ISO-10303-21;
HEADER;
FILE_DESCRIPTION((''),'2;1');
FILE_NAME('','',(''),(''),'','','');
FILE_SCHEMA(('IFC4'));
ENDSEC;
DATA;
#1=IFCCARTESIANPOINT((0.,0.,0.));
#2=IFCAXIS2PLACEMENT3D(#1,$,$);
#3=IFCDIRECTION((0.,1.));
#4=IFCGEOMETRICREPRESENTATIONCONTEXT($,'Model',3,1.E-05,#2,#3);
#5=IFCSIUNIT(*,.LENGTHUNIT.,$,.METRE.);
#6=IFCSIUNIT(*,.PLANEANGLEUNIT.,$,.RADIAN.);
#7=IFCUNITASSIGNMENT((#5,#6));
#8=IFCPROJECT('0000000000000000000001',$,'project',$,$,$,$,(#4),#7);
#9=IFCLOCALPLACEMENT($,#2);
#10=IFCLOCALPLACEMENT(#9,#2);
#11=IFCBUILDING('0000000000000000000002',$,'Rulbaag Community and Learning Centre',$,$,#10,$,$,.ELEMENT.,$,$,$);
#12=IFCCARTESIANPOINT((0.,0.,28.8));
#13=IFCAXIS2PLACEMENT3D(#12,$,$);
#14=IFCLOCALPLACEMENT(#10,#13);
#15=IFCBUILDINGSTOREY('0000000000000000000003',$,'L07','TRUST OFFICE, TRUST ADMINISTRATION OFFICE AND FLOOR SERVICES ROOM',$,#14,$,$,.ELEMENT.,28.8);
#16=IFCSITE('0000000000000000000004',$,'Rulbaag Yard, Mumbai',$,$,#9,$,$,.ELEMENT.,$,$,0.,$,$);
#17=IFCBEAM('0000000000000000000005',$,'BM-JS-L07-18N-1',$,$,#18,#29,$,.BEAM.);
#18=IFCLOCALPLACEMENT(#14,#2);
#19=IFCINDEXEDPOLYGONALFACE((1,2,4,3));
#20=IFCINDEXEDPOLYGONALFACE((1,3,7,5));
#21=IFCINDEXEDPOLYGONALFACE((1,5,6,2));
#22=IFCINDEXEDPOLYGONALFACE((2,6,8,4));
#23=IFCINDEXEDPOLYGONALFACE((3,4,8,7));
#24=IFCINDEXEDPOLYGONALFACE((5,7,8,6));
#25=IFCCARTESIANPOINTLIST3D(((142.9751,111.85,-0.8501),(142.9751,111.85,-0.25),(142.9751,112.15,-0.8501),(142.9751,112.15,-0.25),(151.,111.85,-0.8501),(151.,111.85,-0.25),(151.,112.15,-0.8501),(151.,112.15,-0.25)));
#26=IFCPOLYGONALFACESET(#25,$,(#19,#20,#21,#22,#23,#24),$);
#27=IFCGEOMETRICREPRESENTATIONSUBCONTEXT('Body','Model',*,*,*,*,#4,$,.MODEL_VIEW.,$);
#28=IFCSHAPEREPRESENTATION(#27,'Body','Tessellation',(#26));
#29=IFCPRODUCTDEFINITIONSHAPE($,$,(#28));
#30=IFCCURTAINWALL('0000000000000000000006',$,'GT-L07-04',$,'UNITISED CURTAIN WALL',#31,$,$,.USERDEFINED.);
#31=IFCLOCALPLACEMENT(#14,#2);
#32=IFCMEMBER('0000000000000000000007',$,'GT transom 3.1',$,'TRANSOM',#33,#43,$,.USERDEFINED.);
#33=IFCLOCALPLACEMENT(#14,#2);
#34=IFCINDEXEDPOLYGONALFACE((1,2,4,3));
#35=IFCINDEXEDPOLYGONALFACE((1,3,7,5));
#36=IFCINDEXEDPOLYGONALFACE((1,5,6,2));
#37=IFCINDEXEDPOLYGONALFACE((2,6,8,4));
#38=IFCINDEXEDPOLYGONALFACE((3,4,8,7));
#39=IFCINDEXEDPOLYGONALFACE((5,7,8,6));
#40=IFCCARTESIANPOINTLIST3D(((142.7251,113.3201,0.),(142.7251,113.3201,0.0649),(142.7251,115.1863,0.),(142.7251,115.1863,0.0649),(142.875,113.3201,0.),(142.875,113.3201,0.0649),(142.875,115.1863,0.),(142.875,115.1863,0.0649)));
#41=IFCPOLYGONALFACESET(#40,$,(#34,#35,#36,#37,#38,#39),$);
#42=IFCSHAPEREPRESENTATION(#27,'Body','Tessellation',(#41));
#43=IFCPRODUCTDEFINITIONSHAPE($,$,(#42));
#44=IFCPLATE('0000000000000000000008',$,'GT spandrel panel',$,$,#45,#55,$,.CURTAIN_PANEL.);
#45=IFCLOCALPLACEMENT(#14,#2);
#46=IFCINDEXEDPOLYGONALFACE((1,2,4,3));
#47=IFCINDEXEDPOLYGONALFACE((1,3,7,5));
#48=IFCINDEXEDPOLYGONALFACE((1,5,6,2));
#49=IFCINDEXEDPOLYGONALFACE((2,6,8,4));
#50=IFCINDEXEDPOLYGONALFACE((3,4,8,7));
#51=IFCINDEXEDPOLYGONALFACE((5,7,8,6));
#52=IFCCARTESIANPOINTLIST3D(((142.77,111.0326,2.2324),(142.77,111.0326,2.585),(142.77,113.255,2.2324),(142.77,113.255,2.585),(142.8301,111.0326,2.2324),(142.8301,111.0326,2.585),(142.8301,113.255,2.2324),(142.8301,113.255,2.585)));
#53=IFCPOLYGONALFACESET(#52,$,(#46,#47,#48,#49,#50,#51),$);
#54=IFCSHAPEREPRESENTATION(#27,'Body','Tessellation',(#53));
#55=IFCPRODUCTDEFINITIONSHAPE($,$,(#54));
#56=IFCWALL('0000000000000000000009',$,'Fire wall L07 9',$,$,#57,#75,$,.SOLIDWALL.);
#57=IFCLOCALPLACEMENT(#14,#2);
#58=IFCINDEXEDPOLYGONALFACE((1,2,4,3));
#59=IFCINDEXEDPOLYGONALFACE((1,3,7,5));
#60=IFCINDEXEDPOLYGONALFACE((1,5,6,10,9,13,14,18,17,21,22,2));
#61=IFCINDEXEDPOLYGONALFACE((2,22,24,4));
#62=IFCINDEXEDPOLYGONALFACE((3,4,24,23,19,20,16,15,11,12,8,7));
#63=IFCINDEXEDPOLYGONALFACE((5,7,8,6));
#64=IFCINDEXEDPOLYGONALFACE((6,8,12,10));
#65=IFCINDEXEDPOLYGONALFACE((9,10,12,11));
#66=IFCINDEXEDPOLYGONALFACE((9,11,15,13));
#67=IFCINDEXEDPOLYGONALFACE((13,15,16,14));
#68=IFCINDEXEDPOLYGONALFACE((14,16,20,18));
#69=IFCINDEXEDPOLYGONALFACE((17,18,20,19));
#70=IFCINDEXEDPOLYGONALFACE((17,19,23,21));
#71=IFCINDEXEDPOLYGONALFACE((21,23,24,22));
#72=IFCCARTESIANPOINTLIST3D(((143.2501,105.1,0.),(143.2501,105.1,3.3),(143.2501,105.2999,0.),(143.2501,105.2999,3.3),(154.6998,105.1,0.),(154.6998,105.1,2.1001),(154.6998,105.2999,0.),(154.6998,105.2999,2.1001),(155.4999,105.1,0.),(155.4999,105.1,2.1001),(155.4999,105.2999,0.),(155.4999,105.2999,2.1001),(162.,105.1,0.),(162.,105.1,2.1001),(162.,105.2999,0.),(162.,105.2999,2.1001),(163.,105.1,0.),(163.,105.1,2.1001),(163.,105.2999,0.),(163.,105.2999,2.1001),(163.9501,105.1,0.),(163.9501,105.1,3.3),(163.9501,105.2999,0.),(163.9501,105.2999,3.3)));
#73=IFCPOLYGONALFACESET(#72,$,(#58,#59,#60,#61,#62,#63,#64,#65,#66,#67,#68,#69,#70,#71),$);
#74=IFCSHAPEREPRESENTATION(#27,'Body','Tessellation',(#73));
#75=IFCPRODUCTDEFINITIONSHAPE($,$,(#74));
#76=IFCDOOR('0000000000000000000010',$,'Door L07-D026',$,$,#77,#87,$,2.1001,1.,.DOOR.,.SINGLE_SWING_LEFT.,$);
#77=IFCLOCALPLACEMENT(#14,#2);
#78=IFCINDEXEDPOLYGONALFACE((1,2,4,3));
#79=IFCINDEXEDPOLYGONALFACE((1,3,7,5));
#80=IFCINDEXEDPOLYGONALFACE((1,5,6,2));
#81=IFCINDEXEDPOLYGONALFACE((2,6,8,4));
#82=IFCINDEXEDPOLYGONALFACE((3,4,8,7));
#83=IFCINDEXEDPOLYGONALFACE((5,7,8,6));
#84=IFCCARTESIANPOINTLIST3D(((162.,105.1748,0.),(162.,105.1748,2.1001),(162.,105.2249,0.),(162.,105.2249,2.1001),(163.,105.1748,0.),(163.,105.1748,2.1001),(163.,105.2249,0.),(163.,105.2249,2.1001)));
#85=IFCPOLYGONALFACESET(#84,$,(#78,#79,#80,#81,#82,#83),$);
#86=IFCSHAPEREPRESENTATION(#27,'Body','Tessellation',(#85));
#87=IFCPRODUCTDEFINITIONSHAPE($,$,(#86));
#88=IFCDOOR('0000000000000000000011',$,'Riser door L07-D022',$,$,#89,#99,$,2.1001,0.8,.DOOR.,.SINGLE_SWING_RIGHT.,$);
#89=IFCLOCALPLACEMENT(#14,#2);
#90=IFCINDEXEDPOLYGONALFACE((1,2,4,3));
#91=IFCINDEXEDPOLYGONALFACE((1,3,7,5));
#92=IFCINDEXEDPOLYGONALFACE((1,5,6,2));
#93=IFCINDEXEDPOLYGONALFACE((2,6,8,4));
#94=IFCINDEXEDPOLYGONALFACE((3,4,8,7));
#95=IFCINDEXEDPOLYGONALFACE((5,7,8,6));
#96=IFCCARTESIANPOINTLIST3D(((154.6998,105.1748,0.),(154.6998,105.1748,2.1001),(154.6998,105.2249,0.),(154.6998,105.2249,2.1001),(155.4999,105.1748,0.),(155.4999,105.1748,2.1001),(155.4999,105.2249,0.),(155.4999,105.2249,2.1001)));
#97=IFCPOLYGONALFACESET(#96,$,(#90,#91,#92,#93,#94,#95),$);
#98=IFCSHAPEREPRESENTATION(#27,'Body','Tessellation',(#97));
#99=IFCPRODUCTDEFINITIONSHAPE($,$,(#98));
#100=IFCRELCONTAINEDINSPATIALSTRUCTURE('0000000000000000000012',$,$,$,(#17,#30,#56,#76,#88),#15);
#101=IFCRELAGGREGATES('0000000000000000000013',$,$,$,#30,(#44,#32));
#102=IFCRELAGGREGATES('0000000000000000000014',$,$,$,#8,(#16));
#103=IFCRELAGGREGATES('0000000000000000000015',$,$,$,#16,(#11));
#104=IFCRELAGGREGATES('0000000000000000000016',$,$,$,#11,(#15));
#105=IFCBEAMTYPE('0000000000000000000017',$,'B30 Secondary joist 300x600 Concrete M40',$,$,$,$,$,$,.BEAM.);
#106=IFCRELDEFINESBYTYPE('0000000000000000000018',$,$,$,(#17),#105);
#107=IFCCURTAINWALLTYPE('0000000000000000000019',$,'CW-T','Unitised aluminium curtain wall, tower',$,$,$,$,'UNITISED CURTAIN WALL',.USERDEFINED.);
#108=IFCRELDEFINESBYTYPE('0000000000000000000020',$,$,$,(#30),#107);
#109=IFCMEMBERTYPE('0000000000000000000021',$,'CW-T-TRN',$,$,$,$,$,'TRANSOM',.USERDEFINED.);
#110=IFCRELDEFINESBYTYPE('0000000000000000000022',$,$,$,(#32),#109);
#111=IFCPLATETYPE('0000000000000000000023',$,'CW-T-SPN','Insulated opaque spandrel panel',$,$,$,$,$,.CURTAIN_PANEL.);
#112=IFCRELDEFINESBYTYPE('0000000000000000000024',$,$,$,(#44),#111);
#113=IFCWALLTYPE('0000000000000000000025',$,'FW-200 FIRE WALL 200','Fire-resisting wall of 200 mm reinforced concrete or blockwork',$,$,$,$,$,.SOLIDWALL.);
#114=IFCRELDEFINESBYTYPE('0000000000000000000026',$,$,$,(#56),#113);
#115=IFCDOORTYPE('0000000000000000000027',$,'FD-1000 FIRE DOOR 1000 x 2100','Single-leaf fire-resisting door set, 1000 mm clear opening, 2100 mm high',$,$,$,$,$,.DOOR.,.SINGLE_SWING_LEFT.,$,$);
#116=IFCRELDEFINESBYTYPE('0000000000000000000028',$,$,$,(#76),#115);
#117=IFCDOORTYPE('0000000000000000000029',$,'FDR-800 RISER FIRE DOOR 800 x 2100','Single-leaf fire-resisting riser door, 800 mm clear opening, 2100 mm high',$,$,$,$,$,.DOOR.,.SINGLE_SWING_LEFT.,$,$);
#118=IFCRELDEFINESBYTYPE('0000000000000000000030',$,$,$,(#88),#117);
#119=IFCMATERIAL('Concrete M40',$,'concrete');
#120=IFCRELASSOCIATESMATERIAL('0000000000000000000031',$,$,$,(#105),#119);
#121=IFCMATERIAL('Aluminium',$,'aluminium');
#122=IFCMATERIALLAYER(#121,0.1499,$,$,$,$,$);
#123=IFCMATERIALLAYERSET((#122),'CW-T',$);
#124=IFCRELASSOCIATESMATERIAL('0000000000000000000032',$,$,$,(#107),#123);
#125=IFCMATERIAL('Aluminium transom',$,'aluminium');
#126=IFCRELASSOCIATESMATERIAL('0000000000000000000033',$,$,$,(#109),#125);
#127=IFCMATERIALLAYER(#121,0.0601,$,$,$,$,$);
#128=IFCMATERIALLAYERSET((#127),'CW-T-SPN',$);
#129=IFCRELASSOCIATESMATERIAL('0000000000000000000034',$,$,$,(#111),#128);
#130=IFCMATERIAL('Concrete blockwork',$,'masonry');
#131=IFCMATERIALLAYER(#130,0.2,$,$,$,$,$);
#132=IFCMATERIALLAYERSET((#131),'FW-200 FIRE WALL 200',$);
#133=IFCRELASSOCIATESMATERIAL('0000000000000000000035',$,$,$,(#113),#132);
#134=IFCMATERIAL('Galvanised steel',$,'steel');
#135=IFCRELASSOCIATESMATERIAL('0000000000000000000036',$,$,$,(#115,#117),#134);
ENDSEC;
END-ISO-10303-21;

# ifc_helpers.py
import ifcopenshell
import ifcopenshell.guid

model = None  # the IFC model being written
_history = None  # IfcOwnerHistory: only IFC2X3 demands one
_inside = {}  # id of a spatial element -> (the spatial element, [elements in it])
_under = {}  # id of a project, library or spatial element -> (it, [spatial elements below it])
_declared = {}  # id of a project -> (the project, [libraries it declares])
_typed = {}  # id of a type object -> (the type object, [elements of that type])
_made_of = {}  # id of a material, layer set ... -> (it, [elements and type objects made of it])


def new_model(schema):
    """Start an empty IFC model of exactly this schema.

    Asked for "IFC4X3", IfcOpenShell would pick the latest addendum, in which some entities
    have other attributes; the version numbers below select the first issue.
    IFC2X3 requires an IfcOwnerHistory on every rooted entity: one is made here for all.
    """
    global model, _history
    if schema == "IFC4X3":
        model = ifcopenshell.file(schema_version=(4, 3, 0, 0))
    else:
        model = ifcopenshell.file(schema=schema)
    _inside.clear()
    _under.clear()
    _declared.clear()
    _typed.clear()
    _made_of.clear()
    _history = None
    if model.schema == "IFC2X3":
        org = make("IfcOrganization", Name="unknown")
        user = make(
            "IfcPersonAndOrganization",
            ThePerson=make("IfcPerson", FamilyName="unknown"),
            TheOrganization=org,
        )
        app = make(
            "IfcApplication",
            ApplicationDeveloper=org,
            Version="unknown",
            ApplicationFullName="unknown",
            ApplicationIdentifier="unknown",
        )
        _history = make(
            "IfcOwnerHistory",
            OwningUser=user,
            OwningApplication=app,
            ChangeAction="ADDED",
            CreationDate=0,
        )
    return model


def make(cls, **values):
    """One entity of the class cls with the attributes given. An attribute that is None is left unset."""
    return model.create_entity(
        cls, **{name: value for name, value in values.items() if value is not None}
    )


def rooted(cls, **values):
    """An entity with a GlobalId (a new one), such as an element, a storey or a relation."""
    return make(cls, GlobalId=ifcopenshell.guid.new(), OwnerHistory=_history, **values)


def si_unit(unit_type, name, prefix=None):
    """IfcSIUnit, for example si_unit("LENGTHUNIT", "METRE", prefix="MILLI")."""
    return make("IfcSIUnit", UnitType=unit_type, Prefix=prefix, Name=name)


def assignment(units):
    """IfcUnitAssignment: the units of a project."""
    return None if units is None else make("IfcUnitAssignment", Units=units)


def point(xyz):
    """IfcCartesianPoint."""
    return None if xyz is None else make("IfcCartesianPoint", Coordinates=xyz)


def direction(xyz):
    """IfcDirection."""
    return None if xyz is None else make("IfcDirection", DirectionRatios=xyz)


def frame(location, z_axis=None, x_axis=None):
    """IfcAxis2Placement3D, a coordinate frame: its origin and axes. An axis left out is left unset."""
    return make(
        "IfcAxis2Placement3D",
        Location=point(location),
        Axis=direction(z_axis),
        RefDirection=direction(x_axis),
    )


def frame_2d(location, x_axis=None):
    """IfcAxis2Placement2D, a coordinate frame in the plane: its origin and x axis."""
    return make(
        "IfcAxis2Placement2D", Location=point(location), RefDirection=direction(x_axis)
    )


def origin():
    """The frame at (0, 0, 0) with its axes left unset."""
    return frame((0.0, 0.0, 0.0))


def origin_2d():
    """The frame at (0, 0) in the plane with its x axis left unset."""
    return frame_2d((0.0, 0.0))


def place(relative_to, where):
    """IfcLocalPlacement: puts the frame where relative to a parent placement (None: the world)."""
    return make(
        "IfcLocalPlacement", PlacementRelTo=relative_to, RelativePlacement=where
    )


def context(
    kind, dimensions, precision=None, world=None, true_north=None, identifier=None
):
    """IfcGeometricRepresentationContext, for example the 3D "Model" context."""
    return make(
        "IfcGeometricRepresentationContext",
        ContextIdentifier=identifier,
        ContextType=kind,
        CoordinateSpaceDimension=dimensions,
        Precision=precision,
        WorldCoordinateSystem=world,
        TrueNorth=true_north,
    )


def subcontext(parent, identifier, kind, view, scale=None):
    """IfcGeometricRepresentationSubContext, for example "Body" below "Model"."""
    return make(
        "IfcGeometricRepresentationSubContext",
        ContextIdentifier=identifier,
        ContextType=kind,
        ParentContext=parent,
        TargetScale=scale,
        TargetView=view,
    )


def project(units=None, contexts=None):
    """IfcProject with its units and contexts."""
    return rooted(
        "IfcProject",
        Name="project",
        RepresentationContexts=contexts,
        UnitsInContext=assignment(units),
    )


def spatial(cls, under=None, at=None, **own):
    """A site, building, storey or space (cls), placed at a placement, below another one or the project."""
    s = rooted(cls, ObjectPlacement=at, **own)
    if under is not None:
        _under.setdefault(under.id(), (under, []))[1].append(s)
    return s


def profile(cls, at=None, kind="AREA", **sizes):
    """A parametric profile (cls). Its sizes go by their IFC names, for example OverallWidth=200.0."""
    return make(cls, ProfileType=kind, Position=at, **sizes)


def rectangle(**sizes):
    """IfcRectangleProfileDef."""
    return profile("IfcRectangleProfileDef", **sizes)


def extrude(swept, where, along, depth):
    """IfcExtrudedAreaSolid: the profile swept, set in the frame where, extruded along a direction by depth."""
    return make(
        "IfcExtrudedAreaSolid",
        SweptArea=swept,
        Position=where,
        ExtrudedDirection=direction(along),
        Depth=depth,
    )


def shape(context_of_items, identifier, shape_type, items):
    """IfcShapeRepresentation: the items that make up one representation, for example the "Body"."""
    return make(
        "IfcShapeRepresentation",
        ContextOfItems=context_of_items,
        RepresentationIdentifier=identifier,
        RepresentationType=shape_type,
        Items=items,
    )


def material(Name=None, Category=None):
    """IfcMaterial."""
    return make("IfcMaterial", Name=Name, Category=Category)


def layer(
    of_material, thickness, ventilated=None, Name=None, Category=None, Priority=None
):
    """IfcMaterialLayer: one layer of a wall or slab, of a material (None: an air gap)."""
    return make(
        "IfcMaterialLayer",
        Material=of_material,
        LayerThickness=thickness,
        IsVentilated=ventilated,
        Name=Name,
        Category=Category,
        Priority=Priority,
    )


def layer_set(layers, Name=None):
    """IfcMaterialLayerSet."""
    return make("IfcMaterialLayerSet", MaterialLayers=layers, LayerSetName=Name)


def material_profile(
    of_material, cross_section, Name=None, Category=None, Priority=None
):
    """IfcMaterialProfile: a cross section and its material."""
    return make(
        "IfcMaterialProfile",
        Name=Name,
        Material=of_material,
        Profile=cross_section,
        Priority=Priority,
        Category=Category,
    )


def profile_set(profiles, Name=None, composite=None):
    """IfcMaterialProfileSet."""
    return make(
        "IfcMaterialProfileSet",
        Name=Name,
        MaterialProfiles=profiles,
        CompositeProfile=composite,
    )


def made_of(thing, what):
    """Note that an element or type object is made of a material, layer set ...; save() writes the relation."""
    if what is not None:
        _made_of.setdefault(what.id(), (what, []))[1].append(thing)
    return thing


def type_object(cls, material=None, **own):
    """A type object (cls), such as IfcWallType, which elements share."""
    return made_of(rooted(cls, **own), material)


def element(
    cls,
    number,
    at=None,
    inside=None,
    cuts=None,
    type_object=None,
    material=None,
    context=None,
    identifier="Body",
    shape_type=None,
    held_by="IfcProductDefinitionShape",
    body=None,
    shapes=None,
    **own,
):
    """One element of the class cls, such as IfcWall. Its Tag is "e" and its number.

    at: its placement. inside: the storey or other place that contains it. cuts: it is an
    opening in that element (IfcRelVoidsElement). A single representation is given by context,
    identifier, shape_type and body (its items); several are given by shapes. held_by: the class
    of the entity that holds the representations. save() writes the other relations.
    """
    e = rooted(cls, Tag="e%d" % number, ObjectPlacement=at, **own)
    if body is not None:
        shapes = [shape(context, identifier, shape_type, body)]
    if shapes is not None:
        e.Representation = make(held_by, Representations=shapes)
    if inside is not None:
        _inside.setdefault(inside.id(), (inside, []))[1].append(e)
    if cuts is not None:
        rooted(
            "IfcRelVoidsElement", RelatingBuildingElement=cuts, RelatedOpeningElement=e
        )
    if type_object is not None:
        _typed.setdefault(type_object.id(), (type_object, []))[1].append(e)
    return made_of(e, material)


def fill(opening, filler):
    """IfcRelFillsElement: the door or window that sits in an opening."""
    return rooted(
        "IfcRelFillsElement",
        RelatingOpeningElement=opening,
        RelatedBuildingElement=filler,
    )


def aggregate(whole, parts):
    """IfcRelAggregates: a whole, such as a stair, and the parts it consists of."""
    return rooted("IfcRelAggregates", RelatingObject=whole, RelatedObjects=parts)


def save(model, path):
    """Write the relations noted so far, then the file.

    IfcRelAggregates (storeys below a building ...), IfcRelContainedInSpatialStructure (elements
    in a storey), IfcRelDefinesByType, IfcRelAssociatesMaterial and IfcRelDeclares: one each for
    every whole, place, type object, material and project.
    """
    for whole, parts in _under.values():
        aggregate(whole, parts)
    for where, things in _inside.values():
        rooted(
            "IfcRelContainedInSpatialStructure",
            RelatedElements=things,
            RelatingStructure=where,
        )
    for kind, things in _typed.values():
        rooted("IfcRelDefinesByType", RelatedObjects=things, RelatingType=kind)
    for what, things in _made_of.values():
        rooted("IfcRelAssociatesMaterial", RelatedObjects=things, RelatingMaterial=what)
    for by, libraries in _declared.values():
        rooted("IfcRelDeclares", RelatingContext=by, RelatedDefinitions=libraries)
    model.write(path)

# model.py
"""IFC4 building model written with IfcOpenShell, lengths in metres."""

from ifc_helpers import new_model, si_unit, direction, frame, frame_2d, origin, origin_2d, place, context, subcontext, project, spatial, rectangle, extrude, material, layer, layer_set, material_profile, profile_set, type_object, element, fill, aggregate, save


model = new_model("IFC4")

# Units and contexts
model_context = context("Model", 3, precision=1e-05, world=origin(), true_north=direction((0.0, 1.0)))
body_context = subcontext(model_context, "Body", "Model", "MODEL_VIEW")
ifc_project = project(units=[si_unit("LENGTHUNIT", "METRE"), si_unit("PLANEANGLEUNIT", "RADIAN")], contexts=[model_context])

# Site, building, storey
site_placement = place(None, origin())
site = spatial("IfcSite", under=ifc_project, at=site_placement, Name="Rulbaag Yard, Mumbai", CompositionType="ELEMENT", RefElevation=0.0)
building_placement = place(site_placement, origin())
building = spatial("IfcBuilding", under=site, at=building_placement, Name="Rulbaag Community and Learning Centre", CompositionType="ELEMENT")
storey_placement = place(building_placement, frame((0.0, 0.0, 28.8)))
storey = spatial("IfcBuildingStorey", under=building, at=storey_placement, Name="L07", Description="TRUST OFFICE, TRUST ADMINISTRATION OFFICE AND FLOOR SERVICES ROOM", CompositionType="ELEMENT", Elevation=28.8)

# Beam
ifc_material_1 = material(Name="Concrete M40", Category="concrete")
ifc_material_profile_1 = material_profile(ifc_material_1, rectangle(XDim=0.3, YDim=0.6001, at=origin_2d()), Name="RB300x600")
ifc_profile_set_1 = profile_set([ifc_material_profile_1], Name="Concrete M40")
beam_type = type_object("IfcBeamType", Name="B30 Secondary joist 300x600 Concrete M40", PredefinedType="BEAM", material=ifc_profile_set_1)
beam_placement = place(storey_placement, frame((142.9751, 112.0, -0.55), z_axis=(1.0, 0.0, 0.0), x_axis=(0.0, 1.0, 0.0)))
element("IfcBeam", 1, at=beam_placement, inside=storey, type_object=beam_type, Name="BM-JS-L07-18N-1", PredefinedType="BEAM", context=body_context, shape_type="SweptSolid", body=[
    extrude(rectangle(XDim=0.3, YDim=0.6001, at=origin_2d()), origin(), (0.0, 0.0, 1.0), 8.0249),
])

# Curtain wall, member, plate
ifc_material_2 = material(Name="Aluminium", Category="aluminium")
ifc_layer_1 = layer(ifc_material_2, 0.1499)
ifc_layer_set_1 = layer_set([ifc_layer_1], Name="CW-T")
curtain_wall_type = type_object("IfcCurtainWallType", Name="CW-T", Description="Unitised aluminium curtain wall, tower", ElementType="UNITISED CURTAIN WALL", PredefinedType="USERDEFINED", material=ifc_layer_set_1)
curtain_wall_placement = place(storey_placement, origin())
curtain_wall = element("IfcCurtainWall", 2, at=curtain_wall_placement, inside=storey, type_object=curtain_wall_type, Name="GT-L07-04", ObjectType="UNITISED CURTAIN WALL", PredefinedType="USERDEFINED")
ifc_material_3 = material(Name="Aluminium transom", Category="aluminium")
ifc_material_profile_2 = material_profile(ifc_material_3, rectangle(XDim=0.1499, YDim=0.0649, at=origin_2d()), Name="AL 65x150 T")
ifc_profile_set_2 = profile_set([ifc_material_profile_2], Name="Aluminium transom")
member_type = type_object("IfcMemberType", Name="CW-T-TRN", ElementType="TRANSOM", PredefinedType="USERDEFINED", material=ifc_profile_set_2)
member_placement = place(storey_placement, frame((142.8, 113.3201, 0.0325), z_axis=(0.0, 1.0, 0.0), x_axis=(-1.0, 0.0, 0.0)))
member = element("IfcMember", 3, at=member_placement, type_object=member_type, Name="GT transom 3.1", ObjectType="TRANSOM", PredefinedType="USERDEFINED", context=body_context, shape_type="SweptSolid", body=[
    extrude(rectangle(XDim=0.1499, YDim=0.0649, at=origin_2d()), origin(), (0.0, 0.0, 1.0), 1.8662),
])
ifc_layer_2 = layer(ifc_material_2, 0.0601)
ifc_layer_set_2 = layer_set([ifc_layer_2], Name="CW-T-SPN")
plate_type = type_object("IfcPlateType", Name="CW-T-SPN", Description="Insulated opaque spandrel panel", PredefinedType="CURTAIN_PANEL", material=ifc_layer_set_2)
plate_placement = place(storey_placement, frame((142.8, 112.1438, 2.2324), z_axis=(0.0, 0.0, 1.0), x_axis=(0.0, 1.0, 0.0)))
plate = element("IfcPlate", 4, at=plate_placement, type_object=plate_type, Name="GT spandrel panel", PredefinedType="CURTAIN_PANEL", context=body_context, shape_type="SweptSolid", body=[
    extrude(rectangle(XDim=2.2224, YDim=0.0601, at=origin_2d()), origin(), (0.0, 0.0, 1.0), 0.3525),
])
aggregate(curtain_wall, [plate, member])

# Wall, openings, doors
ifc_material_4 = material(Name="Concrete blockwork", Category="masonry")
ifc_layer_3 = layer(ifc_material_4, 0.2)
ifc_layer_set_3 = layer_set([ifc_layer_3], Name="FW-200 FIRE WALL 200")
wall_type_1 = type_object("IfcWallType", Name="FW-200 FIRE WALL 200", Description="Fire-resisting wall of 200 mm reinforced concrete or blockwork", PredefinedType="SOLIDWALL", material=ifc_layer_set_3)
wall_1_placement = place(storey_placement, frame((143.25, 105.2, 0.0), z_axis=(0.0, 0.0, 1.0), x_axis=(1.0, 0.0, 0.0)))
wall_1 = element("IfcWall", 5, at=wall_1_placement, inside=storey, type_object=wall_type_1, Name="Fire wall L07 9", PredefinedType="SOLIDWALL", context=body_context, shape_type="SweptSolid", body=[
    extrude(rectangle(XDim=20.7, YDim=0.2, at=frame_2d((10.3501, 0.0))), origin(), (0.0, 0.0, 1.0), 3.3),
])
opening_1_placement = place(wall_1_placement, frame((11.45, 0.0, 0.0)))
opening_1 = element("IfcOpeningElement", 6, at=opening_1_placement, cuts=wall_1, PredefinedType="OPENING", context=body_context, shape_type="SweptSolid", body=[
    extrude(rectangle(XDim=0.8, YDim=2.1001, at=frame_2d((0.3999, 1.05))), frame((0.0, 0.1099, 0.0), z_axis=(0.0, -1.0, 0.0), x_axis=(1.0, 0.0, 0.0)), (0.0, 0.0, 1.0), 0.22),
])
opening_2_placement = place(wall_1_placement, frame((18.75, 0.0, 0.0)))
opening_2 = element("IfcOpeningElement", 7, at=opening_2_placement, cuts=wall_1, PredefinedType="OPENING", context=body_context, shape_type="SweptSolid", body=[
    extrude(rectangle(XDim=1.0, YDim=2.1001, at=frame_2d((0.5, 1.05))), frame((0.0, 0.1099, 0.0), z_axis=(0.0, -1.0, 0.0), x_axis=(1.0, 0.0, 0.0)), (0.0, 0.0, 1.0), 0.22),
])
ifc_material_5 = material(Name="Galvanised steel", Category="steel")
door_type_1 = type_object("IfcDoorType", Name="FD-1000 FIRE DOOR 1000 x 2100", Description="Single-leaf fire-resisting door set, 1000 mm clear opening, 2100 mm high", OperationType="SINGLE_SWING_LEFT", PredefinedType="DOOR", material=ifc_material_5)
door_1_placement = place(opening_2_placement, origin())
door_1 = element("IfcDoor", 8, at=door_1_placement, inside=storey, type_object=door_type_1, Name="Door L07-D026", OperationType="SINGLE_SWING_LEFT", OverallHeight=2.1001, OverallWidth=1.0, PredefinedType="DOOR", context=body_context, shape_type="SweptSolid", body=[
    extrude(rectangle(XDim=1.0, YDim=2.1001, at=frame_2d((0.5, 1.05))), frame((0.0, 0.0249, 0.0), z_axis=(0.0, -1.0, 0.0), x_axis=(1.0, 0.0, 0.0)), (0.0, 0.0, 1.0), 0.05),
])
fill(opening_2, door_1)
door_type_2 = type_object("IfcDoorType", Name="FDR-800 RISER FIRE DOOR 800 x 2100", Description="Single-leaf fire-resisting riser door, 800 mm clear opening, 2100 mm high", OperationType="SINGLE_SWING_LEFT", PredefinedType="DOOR", material=ifc_material_5)
door_2_placement = place(opening_1_placement, origin())
door_2 = element("IfcDoor", 9, at=door_2_placement, inside=storey, type_object=door_type_2, Name="Riser door L07-D022", OperationType="SINGLE_SWING_RIGHT", OverallHeight=2.1001, OverallWidth=0.8, PredefinedType="DOOR", context=body_context, shape_type="SweptSolid", body=[
    extrude(rectangle(XDim=0.8, YDim=2.1001, at=frame_2d((0.3999, 1.05))), frame((0.0, 0.0249, 0.0), z_axis=(0.0, -1.0, 0.0), x_axis=(1.0, 0.0, 0.0)), (0.0, 0.0, 1.0), 0.05),
])
fill(opening_1, door_2)

save(model, "model.ifc")
